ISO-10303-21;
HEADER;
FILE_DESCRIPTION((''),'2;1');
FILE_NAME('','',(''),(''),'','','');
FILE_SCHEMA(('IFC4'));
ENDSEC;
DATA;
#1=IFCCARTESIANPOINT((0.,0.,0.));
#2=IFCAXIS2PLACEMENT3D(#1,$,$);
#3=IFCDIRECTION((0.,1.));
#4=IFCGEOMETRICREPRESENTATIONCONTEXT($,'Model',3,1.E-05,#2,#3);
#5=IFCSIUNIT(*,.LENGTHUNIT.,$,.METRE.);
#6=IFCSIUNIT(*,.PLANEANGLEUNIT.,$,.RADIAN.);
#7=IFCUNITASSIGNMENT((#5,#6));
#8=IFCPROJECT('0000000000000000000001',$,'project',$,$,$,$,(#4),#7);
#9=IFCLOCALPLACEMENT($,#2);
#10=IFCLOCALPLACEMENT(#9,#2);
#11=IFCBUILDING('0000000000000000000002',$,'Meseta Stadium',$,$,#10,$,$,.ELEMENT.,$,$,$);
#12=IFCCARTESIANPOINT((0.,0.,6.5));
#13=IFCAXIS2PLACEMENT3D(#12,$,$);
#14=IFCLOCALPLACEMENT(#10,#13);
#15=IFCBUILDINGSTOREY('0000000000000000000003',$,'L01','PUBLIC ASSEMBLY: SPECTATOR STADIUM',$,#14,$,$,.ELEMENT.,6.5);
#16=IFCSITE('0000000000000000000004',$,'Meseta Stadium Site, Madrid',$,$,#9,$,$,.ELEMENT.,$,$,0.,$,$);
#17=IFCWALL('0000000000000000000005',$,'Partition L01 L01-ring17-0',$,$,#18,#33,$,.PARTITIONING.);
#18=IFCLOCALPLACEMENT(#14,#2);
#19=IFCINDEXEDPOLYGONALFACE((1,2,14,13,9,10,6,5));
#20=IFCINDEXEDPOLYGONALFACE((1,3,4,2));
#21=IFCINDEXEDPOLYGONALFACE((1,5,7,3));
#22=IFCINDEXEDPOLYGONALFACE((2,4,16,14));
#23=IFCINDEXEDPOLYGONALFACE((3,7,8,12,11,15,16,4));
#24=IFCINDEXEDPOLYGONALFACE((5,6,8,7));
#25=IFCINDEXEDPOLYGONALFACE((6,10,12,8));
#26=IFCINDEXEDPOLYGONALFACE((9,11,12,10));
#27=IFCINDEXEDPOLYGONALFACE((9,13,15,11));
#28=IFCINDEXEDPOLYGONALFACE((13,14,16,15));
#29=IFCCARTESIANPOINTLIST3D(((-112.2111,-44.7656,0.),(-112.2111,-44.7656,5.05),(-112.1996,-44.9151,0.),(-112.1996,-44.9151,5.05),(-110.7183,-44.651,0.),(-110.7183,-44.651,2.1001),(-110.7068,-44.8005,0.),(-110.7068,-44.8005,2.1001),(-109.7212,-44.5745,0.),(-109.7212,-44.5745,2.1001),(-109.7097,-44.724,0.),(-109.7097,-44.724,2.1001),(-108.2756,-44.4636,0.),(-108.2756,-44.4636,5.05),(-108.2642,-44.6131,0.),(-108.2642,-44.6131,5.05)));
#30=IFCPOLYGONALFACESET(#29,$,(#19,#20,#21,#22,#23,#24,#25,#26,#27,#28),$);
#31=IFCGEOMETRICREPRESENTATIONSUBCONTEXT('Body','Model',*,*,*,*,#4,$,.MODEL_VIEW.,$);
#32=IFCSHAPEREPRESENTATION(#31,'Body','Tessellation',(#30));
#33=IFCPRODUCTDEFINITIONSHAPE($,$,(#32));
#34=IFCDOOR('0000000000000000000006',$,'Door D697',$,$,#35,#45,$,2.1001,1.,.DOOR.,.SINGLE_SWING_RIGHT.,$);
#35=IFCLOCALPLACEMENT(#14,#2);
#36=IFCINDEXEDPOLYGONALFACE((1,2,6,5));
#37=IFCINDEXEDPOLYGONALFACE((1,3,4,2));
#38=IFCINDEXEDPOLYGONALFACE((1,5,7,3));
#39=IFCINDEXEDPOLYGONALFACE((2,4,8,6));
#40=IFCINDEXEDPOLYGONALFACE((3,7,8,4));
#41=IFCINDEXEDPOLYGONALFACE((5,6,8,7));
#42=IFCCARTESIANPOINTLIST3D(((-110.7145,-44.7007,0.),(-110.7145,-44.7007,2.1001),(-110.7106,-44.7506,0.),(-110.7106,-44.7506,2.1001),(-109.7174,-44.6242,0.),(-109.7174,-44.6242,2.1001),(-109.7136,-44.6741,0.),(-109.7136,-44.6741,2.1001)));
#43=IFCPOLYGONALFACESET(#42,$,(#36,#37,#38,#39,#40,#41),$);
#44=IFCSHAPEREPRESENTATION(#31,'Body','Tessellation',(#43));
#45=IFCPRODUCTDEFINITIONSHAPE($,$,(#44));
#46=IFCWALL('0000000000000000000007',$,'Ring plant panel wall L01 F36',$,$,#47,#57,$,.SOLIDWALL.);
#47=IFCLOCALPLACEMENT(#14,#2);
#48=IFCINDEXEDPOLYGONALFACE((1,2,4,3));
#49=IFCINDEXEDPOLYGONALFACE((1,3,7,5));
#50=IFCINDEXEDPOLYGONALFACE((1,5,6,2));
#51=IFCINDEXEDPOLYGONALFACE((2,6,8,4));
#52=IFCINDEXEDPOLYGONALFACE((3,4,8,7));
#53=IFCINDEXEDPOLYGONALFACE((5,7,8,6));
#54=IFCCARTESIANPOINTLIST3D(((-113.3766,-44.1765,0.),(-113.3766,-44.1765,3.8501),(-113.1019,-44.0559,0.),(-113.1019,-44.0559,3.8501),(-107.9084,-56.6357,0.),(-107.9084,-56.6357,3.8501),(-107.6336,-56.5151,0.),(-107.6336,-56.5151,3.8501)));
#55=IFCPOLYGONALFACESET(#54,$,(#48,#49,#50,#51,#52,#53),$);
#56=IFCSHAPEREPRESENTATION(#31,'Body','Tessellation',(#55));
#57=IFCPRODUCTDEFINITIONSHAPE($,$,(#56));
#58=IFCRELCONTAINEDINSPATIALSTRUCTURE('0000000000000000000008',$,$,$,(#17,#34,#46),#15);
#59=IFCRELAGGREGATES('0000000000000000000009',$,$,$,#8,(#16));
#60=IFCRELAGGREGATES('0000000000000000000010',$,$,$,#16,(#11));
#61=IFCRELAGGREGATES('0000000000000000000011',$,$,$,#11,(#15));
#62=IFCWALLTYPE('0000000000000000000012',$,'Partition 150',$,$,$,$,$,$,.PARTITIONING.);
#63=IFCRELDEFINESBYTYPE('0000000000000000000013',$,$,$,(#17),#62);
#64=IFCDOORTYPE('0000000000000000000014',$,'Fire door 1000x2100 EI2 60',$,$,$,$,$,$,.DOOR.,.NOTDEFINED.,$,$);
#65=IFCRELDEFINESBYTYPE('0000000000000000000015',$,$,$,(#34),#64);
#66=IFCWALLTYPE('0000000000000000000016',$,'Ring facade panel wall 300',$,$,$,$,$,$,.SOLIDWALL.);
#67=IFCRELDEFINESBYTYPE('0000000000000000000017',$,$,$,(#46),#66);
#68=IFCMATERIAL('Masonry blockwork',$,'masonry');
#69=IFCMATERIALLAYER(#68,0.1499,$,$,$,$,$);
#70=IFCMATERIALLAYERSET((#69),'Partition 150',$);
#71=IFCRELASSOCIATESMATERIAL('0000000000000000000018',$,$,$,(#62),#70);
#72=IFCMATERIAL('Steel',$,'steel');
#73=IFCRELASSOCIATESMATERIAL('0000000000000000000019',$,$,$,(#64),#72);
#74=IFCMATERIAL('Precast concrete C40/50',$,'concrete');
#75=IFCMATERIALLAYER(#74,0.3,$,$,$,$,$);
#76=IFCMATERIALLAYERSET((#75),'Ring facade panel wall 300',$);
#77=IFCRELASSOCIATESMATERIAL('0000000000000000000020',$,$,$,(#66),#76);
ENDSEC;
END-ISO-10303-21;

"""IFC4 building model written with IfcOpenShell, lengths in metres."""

from ifc_helpers import new_model, si_unit, direction, frame, frame_2d, origin, place, context, subcontext, project, spatial, rectangle, extrude, material, layer, layer_set, type_object, element, fill, save


model = new_model("IFC4")

# Units and contexts
model_context = context("Model", 3, precision=1e-05, world=origin(), true_north=direction((0.0, 1.0)))
body_context = subcontext(model_context, "Body", "Model", "MODEL_VIEW")
ifc_project = project(units=[si_unit("LENGTHUNIT", "METRE"), si_unit("PLANEANGLEUNIT", "RADIAN")], contexts=[model_context])

# Site, building, storey
site_placement = place(None, origin())
site = spatial("IfcSite", under=ifc_project, at=site_placement, Name="Meseta Stadium Site, Madrid", CompositionType="ELEMENT", RefElevation=0.0)
building_placement = place(site_placement, origin())
building = spatial("IfcBuilding", under=site, at=building_placement, Name="Meseta Stadium", CompositionType="ELEMENT")
storey_placement = place(building_placement, frame((0.0, 0.0, 6.5)))
storey = spatial("IfcBuildingStorey", under=building, at=storey_placement, Name="L01", Description="PUBLIC ASSEMBLY: SPECTATOR STADIUM", CompositionType="ELEMENT", Elevation=6.5)

# Shared definitions
ifc_material_1 = material(Name="Masonry blockwork", Category="masonry")
ifc_layer_1 = layer(ifc_material_1, 0.1499)
ifc_layer_set_1 = layer_set([ifc_layer_1], Name="Partition 150")
wall_type_1 = type_object("IfcWallType", Name="Partition 150", PredefinedType="PARTITIONING", material=ifc_layer_set_1)

# Wall, opening, door
wall_1_placement = place(storey_placement, frame((-108.2698, -44.5383, 0.0), z_axis=(0.0, 0.0, 1.0), x_axis=(-0.997069, -0.076512, 0.0)))
wall_1 = element("IfcWall", 1, at=wall_1_placement, inside=storey, type_object=wall_type_1, Name="Partition L01 L01-ring17-0", PredefinedType="PARTITIONING", context=body_context, shape_type="SweptSolid", body=[
    extrude(rectangle(XDim=3.947, YDim=0.1499, at=frame_2d((1.9736, 0.0))), origin(), (0.0, 0.0, 1.0), 5.05),
])
opening_placement = place(wall_1_placement, frame((1.45, 0.0, 0.0)))
opening = element("IfcOpeningElement", 2, at=opening_placement, cuts=wall_1, PredefinedType="OPENING", context=body_context, shape_type="SweptSolid", body=[
    extrude(rectangle(XDim=1.0, YDim=2.1001, at=frame_2d((0.5, 1.05))), frame((0.0, 0.085, 0.0), z_axis=(0.0, -1.0, 0.0), x_axis=(1.0, 0.0, 0.0)), (0.0, 0.0, 1.0), 0.1699),
])
ifc_material_2 = material(Name="Steel", Category="steel")
door_type = type_object("IfcDoorType", Name="Fire door 1000x2100 EI2 60", OperationType="NOTDEFINED", PredefinedType="DOOR", material=ifc_material_2)
door_placement = place(opening_placement, origin())
door = element("IfcDoor", 3, at=door_placement, inside=storey, type_object=door_type, Name="Door D697", OperationType="SINGLE_SWING_RIGHT", OverallHeight=2.1001, OverallWidth=1.0, PredefinedType="DOOR", context=body_context, shape_type="SweptSolid", body=[
    extrude(rectangle(XDim=1.0, YDim=2.1001, at=frame_2d((0.5, 1.05))), frame((0.0, 0.0249, 0.0), z_axis=(0.0, -1.0, 0.0), x_axis=(1.0, 0.0, 0.0)), (0.0, 0.0, 1.0), 0.05),
])
fill(opening, door)

# Wall
ifc_material_3 = material(Name="Precast concrete C40/50", Category="concrete")
ifc_layer_2 = layer(ifc_material_3, 0.3)
ifc_layer_set_2 = layer_set([ifc_layer_2], Name="Ring facade panel wall 300")
wall_type_2 = type_object("IfcWallType", Name="Ring facade panel wall 300", PredefinedType="SOLIDWALL", material=ifc_layer_set_2)
wall_2_placement = place(storey_placement, frame((-107.771, -56.5754, 0.0), z_axis=(0.0, 0.0, 1.0), x_axis=(-0.401889, 0.915688, 0.0)))
element("IfcWall", 4, at=wall_2_placement, inside=storey, type_object=wall_type_2, Name="Ring plant panel wall L01 F36", PredefinedType="SOLIDWALL", context=body_context, shape_type="SweptSolid", body=[
    extrude(rectangle(XDim=13.6064, YDim=0.3, at=frame_2d((6.8032, 0.0))), origin(), (0.0, 0.0, 1.0), 3.8501),
])

save(model, "model.ifc")
